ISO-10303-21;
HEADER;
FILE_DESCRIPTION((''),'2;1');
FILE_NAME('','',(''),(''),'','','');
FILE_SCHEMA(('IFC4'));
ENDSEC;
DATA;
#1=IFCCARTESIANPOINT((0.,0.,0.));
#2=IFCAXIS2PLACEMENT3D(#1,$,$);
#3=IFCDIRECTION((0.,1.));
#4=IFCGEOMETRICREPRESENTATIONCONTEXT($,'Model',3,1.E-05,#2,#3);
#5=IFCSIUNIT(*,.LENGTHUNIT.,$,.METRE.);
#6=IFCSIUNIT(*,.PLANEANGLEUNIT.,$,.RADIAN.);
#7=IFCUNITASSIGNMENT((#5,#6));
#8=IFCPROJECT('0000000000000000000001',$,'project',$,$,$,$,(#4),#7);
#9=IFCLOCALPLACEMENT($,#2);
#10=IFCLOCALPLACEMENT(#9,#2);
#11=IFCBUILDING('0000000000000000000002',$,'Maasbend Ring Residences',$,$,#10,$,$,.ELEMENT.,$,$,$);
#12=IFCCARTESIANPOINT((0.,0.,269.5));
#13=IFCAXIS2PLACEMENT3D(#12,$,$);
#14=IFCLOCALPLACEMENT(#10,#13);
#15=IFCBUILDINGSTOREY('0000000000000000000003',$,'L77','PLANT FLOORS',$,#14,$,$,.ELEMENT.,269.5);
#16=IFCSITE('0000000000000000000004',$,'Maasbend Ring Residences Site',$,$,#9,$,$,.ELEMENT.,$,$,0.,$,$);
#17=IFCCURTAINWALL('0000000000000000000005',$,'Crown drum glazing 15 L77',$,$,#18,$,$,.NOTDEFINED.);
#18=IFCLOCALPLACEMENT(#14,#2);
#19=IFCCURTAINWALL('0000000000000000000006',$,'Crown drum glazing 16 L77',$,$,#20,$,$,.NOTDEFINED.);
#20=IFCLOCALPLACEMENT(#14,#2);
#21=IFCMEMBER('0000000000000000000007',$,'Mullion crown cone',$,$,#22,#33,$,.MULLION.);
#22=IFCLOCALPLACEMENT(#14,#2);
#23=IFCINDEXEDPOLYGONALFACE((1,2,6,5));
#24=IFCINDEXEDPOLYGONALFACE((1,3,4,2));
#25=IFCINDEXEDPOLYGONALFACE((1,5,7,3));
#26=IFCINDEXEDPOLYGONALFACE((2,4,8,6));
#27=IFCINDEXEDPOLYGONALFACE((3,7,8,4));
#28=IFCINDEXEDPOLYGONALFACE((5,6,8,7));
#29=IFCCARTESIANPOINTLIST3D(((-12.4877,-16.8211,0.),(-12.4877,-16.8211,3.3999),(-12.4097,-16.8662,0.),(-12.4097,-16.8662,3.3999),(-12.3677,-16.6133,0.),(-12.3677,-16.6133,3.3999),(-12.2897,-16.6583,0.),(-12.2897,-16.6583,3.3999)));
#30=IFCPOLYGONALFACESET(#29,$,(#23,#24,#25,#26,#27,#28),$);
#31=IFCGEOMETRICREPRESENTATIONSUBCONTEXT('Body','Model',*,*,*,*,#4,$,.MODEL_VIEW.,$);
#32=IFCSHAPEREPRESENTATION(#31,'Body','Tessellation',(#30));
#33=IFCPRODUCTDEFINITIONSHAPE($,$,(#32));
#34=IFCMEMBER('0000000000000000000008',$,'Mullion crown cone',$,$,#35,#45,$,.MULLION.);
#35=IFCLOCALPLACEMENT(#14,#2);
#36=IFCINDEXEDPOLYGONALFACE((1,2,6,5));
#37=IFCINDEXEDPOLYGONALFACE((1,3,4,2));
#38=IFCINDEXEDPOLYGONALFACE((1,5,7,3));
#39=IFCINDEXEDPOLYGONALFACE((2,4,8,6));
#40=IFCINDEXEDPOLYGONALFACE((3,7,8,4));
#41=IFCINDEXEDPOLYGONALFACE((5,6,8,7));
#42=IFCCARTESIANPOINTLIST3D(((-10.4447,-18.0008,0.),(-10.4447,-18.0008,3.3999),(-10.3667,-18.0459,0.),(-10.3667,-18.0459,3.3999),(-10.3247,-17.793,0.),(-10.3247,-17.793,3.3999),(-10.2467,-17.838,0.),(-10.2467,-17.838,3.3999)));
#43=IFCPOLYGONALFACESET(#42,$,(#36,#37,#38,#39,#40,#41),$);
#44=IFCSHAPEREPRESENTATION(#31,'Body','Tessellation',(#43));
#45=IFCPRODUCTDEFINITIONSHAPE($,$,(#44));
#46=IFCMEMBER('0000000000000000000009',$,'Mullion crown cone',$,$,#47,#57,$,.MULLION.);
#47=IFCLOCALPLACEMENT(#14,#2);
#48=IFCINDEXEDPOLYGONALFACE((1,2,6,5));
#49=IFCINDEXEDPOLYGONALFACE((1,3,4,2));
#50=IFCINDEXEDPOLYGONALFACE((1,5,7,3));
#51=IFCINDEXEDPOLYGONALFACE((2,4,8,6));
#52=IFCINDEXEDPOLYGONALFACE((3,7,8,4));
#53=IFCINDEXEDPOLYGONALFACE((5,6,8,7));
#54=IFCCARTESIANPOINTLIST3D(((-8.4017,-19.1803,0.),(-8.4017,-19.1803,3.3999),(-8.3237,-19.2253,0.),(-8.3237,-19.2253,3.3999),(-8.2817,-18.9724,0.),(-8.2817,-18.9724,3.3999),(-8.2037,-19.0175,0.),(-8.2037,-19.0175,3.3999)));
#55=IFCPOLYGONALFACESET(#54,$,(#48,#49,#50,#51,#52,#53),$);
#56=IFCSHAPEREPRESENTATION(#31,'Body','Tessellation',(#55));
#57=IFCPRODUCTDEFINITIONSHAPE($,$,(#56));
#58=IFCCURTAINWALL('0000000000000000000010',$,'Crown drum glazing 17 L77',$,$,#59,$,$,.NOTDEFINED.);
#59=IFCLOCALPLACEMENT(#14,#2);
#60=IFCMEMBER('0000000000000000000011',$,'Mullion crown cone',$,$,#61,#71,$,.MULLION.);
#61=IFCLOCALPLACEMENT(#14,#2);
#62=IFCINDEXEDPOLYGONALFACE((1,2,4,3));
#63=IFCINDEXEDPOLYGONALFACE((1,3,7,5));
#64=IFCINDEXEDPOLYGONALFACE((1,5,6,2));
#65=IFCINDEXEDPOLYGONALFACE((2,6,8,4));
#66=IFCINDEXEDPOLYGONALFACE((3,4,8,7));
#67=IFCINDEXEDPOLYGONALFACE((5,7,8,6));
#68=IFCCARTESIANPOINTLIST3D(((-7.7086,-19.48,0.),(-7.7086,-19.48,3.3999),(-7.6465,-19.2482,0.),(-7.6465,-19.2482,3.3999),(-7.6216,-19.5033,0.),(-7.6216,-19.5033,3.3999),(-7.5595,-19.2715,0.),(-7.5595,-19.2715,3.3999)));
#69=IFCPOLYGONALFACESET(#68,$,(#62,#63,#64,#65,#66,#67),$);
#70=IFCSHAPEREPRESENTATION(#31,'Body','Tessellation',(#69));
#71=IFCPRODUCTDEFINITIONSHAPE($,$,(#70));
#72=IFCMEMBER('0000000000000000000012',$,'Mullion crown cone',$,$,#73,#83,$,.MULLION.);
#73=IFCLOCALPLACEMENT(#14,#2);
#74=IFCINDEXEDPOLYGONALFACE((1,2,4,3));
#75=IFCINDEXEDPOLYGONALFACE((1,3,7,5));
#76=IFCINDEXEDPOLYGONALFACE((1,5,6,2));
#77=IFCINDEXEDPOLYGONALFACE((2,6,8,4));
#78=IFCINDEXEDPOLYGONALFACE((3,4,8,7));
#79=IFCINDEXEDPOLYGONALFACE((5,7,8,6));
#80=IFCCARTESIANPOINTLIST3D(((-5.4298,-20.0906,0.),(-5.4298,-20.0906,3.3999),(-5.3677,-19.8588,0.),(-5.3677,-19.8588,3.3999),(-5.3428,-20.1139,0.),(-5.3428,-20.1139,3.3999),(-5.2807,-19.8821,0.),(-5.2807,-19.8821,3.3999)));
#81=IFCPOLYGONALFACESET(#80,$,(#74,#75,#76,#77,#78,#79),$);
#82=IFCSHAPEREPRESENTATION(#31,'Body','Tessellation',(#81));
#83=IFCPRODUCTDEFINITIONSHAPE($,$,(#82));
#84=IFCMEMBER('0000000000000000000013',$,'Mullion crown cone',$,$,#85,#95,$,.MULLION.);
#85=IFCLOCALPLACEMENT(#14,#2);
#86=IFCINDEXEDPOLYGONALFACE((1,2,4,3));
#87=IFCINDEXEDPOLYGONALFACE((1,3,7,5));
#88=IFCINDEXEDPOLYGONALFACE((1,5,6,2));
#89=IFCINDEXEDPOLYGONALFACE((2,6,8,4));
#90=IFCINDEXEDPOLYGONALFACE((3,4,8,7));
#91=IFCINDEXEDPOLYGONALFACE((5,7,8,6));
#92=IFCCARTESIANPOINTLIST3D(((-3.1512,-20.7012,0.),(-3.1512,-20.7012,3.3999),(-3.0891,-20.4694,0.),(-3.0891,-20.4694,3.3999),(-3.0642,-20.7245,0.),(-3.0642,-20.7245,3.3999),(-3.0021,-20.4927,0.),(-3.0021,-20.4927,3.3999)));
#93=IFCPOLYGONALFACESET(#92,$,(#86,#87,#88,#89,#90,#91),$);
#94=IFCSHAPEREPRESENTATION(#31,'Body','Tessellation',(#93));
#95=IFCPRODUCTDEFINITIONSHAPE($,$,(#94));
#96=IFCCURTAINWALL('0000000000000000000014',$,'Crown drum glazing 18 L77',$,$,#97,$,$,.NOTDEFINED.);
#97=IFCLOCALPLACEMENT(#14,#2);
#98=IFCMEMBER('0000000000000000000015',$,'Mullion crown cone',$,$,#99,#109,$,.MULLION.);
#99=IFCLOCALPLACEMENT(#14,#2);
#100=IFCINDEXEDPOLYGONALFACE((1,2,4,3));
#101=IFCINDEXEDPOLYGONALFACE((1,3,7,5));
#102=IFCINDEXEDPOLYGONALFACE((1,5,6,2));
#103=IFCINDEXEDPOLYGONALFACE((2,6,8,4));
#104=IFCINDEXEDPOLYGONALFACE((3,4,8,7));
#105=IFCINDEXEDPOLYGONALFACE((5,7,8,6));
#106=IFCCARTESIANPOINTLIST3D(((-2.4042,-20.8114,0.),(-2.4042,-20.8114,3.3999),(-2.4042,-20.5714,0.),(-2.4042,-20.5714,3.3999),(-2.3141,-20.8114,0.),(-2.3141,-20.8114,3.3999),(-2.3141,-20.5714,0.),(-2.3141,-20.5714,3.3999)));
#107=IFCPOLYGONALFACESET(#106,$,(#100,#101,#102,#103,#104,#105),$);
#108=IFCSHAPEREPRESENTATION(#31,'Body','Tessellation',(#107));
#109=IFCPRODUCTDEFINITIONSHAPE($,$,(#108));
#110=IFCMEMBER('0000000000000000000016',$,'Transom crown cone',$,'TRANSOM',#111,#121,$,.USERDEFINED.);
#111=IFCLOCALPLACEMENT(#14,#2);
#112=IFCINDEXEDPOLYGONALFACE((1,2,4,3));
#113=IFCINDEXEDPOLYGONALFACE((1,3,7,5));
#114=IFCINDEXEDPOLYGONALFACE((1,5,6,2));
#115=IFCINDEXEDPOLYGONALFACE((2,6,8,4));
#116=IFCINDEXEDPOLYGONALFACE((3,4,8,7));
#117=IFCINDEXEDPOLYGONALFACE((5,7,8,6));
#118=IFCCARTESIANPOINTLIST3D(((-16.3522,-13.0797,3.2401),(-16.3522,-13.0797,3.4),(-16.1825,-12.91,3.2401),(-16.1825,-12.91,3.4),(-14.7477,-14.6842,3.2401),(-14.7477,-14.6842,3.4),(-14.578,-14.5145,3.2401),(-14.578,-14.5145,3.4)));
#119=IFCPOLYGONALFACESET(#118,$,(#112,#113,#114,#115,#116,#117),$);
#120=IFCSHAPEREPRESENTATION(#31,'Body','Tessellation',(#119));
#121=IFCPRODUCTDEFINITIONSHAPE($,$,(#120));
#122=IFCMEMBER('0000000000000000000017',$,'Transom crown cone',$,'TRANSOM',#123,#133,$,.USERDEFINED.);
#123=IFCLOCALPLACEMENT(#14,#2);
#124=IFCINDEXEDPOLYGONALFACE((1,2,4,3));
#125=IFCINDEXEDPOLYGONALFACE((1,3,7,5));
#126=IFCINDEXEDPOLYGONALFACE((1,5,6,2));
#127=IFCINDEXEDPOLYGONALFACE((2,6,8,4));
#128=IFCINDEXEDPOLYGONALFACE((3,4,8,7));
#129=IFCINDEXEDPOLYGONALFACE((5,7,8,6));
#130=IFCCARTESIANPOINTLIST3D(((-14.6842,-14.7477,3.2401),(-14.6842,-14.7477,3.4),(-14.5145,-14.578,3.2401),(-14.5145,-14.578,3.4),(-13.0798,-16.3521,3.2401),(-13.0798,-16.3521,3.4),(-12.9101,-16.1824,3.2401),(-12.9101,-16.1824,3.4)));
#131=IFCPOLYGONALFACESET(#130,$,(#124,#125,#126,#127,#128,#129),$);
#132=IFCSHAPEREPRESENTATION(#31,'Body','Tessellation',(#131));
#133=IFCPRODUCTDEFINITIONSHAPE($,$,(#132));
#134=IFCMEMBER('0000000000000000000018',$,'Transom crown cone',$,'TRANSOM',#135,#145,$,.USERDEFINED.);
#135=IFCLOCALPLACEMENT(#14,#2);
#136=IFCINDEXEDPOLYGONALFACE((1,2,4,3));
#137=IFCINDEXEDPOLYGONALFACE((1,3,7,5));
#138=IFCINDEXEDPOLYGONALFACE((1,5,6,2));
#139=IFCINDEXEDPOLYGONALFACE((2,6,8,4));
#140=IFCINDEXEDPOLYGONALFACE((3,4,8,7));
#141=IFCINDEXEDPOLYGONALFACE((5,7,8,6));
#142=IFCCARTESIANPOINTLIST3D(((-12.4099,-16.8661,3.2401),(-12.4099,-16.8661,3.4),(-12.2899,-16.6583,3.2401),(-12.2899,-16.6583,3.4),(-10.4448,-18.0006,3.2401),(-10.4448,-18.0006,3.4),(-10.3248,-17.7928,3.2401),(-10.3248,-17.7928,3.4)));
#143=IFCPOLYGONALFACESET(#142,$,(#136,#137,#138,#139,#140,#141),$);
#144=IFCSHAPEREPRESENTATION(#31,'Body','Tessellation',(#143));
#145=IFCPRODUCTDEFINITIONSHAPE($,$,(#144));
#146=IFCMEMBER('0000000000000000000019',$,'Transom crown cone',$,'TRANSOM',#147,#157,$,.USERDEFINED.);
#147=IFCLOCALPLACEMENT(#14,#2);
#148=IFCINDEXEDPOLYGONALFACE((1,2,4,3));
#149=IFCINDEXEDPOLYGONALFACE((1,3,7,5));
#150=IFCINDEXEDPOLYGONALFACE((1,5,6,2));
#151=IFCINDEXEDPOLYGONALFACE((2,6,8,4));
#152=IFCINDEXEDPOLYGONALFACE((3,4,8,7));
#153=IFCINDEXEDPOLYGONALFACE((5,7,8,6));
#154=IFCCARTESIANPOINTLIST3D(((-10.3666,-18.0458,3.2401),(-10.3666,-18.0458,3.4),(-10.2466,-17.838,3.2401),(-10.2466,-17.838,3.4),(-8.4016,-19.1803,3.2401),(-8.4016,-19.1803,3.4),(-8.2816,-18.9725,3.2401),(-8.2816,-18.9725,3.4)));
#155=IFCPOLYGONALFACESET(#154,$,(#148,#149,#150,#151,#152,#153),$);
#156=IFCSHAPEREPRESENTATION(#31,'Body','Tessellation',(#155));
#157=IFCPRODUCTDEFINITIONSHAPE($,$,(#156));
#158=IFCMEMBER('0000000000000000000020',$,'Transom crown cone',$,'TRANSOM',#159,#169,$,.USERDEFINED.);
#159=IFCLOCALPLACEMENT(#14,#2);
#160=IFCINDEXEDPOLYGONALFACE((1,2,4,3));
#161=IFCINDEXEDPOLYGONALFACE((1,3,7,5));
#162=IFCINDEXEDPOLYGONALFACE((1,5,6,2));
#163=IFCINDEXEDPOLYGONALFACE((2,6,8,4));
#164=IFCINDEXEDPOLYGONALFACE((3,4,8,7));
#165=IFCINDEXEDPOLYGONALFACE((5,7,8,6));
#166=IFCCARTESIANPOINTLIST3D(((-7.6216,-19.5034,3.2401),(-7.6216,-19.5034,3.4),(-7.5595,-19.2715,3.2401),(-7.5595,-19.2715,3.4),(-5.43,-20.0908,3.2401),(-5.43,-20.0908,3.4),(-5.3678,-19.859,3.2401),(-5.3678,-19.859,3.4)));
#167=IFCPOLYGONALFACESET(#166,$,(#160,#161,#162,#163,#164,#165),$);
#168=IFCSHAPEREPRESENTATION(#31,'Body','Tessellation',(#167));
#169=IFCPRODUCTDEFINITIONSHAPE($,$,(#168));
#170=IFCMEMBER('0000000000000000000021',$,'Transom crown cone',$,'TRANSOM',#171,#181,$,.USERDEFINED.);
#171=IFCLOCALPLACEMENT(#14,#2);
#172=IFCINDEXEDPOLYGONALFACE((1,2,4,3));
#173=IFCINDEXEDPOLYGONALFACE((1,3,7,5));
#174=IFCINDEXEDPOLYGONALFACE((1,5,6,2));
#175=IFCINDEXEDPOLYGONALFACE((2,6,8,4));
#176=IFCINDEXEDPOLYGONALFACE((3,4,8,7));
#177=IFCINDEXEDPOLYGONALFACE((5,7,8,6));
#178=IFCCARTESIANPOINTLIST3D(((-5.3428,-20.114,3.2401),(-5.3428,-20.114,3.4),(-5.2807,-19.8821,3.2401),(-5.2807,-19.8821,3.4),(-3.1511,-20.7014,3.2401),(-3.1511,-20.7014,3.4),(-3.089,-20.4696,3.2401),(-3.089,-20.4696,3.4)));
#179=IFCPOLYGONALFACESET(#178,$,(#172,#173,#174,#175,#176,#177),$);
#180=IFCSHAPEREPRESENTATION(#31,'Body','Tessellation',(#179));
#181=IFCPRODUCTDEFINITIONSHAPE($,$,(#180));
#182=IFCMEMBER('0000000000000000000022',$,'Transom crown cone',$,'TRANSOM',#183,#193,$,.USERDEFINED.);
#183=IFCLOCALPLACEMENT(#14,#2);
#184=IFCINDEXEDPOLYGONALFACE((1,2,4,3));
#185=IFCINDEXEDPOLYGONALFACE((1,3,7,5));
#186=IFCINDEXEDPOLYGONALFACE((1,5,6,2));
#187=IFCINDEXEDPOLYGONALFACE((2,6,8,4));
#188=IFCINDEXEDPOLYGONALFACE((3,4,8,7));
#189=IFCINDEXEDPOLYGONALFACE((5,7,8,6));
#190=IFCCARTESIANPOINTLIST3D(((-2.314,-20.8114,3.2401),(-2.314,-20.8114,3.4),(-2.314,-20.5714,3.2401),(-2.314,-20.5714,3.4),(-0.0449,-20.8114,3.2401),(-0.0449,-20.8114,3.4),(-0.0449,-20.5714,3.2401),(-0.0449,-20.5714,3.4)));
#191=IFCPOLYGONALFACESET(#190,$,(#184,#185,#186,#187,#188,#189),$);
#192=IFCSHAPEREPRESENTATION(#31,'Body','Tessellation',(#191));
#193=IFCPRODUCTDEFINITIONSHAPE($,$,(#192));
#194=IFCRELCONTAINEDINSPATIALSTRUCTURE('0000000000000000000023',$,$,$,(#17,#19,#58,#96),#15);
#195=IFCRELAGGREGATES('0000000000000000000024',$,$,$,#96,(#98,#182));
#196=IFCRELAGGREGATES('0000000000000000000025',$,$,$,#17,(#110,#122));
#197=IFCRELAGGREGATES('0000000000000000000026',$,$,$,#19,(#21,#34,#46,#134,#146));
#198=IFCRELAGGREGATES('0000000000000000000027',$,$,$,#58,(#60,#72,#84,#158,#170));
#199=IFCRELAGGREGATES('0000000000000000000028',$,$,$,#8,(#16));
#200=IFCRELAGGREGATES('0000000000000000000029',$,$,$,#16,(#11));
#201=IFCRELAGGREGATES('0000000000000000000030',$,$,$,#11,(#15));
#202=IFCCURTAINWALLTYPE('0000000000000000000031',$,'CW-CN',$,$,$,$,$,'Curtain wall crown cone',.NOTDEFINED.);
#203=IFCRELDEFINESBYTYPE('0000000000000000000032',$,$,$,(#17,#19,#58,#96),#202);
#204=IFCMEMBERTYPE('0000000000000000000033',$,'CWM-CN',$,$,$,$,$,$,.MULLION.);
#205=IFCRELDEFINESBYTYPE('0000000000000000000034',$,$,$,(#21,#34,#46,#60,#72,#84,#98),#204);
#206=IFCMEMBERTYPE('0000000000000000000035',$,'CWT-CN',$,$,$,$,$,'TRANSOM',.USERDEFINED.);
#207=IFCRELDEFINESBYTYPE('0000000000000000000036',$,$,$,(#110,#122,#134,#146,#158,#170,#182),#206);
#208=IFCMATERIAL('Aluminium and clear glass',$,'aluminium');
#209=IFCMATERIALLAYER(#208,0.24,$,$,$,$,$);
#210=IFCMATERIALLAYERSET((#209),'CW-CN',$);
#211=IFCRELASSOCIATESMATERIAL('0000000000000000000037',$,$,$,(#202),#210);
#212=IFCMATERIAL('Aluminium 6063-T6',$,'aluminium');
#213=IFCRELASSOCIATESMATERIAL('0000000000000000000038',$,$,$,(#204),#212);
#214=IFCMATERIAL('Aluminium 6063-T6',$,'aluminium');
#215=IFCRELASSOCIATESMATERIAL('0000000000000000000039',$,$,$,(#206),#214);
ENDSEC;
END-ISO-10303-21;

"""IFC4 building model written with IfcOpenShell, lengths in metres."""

from ifc_helpers import new_model, si_unit, direction, frame, origin, origin_2d, place, context, subcontext, project, spatial, rectangle, extrude, material, layer, layer_set, material_profile, profile_set, type_object, element, aggregate, save


model = new_model("IFC4")

# Units and contexts
model_context = context("Model", 3, precision=1e-05, world=origin(), true_north=direction((0.0, 1.0)))
body_context = subcontext(model_context, "Body", "Model", "MODEL_VIEW")
ifc_project = project(units=[si_unit("LENGTHUNIT", "METRE"), si_unit("PLANEANGLEUNIT", "RADIAN")], contexts=[model_context])

# Site, building, storey
site_placement = place(None, origin())
site = spatial("IfcSite", under=ifc_project, at=site_placement, Name="Maasbend Ring Residences Site", CompositionType="ELEMENT", RefElevation=0.0)
building_placement = place(site_placement, origin())
building = spatial("IfcBuilding", under=site, at=building_placement, Name="Maasbend Ring Residences", CompositionType="ELEMENT")
storey_placement = place(building_placement, frame((0.0, 0.0, 269.5)))
storey = spatial("IfcBuildingStorey", under=building, at=storey_placement, Name="L77", Description="PLANT FLOORS", CompositionType="ELEMENT", Elevation=269.5)

# Shared definitions
ifc_material_1 = material(Name="Aluminium and clear glass", Category="aluminium")
ifc_layer_1 = layer(ifc_material_1, 0.24)
ifc_layer_set_1 = layer_set([ifc_layer_1], Name="CW-CN")
curtain_wall_type = type_object("IfcCurtainWallType", Name="CW-CN", ElementType="Curtain wall crown cone", PredefinedType="NOTDEFINED", material=ifc_layer_set_1)
ifc_material_2 = material(Name="Aluminium 6063-T6", Category="aluminium")
ifc_material_profile_1 = material_profile(ifc_material_2, rectangle(XDim=0.24, YDim=0.0901, at=origin_2d()), Name="AL 240x90")
ifc_profile_set_1 = profile_set([ifc_material_profile_1], Name="Aluminium 6063-T6")
member_type_1 = type_object("IfcMemberType", Name="CWM-CN", PredefinedType="MULLION", material=ifc_profile_set_1)

# Curtain walls, members
curtain_wall_1_placement = place(storey_placement, origin())
curtain_wall_1 = element("IfcCurtainWall", 1, at=curtain_wall_1_placement, inside=storey, type_object=curtain_wall_type, Name="Crown drum glazing 15 L77", PredefinedType="NOTDEFINED")
curtain_wall_2_placement = place(storey_placement, origin())
curtain_wall_2 = element("IfcCurtainWall", 2, at=curtain_wall_2_placement, inside=storey, type_object=curtain_wall_type, Name="Crown drum glazing 16 L77", PredefinedType="NOTDEFINED")
member_1_placement = place(storey_placement, frame((-12.3887, -16.7397, 0.0), z_axis=(0.0, 0.0, 1.0), x_axis=(0.5, 0.866025, 0.0)))
member_1 = element("IfcMember", 3, at=member_1_placement, type_object=member_type_1, Name="Mullion crown cone", PredefinedType="MULLION", context=body_context, shape_type="SweptSolid", body=[
    extrude(rectangle(XDim=0.24, YDim=0.0901, at=origin_2d()), origin(), (0.0, 0.0, 1.0), 3.3999),
])
member_2_placement = place(storey_placement, frame((-10.3457, -17.9194, 0.0), z_axis=(0.0, 0.0, 1.0), x_axis=(0.5, 0.866025, 0.0)))
member_2 = element("IfcMember", 4, at=member_2_placement, type_object=member_type_1, Name="Mullion crown cone", PredefinedType="MULLION", context=body_context, shape_type="SweptSolid", body=[
    extrude(rectangle(XDim=0.24, YDim=0.0901, at=origin_2d()), origin(), (0.0, 0.0, 1.0), 3.3999),
])
member_3_placement = place(storey_placement, frame((-8.3027, -19.0989, 0.0), z_axis=(0.0, 0.0, 1.0), x_axis=(0.5, 0.866025, 0.0)))
member_3 = element("IfcMember", 5, at=member_3_placement, type_object=member_type_1, Name="Mullion crown cone", PredefinedType="MULLION", context=body_context, shape_type="SweptSolid", body=[
    extrude(rectangle(XDim=0.24, YDim=0.0901, at=origin_2d()), origin(), (0.0, 0.0, 1.0), 3.3999),
])
curtain_wall_3_placement = place(storey_placement, origin())
curtain_wall_3 = element("IfcCurtainWall", 6, at=curtain_wall_3_placement, inside=storey, type_object=curtain_wall_type, Name="Crown drum glazing 17 L77", PredefinedType="NOTDEFINED")
member_4_placement = place(storey_placement, frame((-7.634, -19.3757, 0.0), z_axis=(0.0, 0.0, 1.0), x_axis=(0.258819, 0.965926, 0.0)))
member_4 = element("IfcMember", 7, at=member_4_placement, type_object=member_type_1, Name="Mullion crown cone", PredefinedType="MULLION", context=body_context, shape_type="SweptSolid", body=[
    extrude(rectangle(XDim=0.24, YDim=0.0901, at=origin_2d()), origin(), (0.0, 0.0, 1.0), 3.3999),
])
member_5_placement = place(storey_placement, frame((-5.3552, -19.9863, 0.0), z_axis=(0.0, 0.0, 1.0), x_axis=(0.258819, 0.965926, 0.0)))
member_5 = element("IfcMember", 8, at=member_5_placement, type_object=member_type_1, Name="Mullion crown cone", PredefinedType="MULLION", context=body_context, shape_type="SweptSolid", body=[
    extrude(rectangle(XDim=0.24, YDim=0.0901, at=origin_2d()), origin(), (0.0, 0.0, 1.0), 3.3999),
])
member_6_placement = place(storey_placement, frame((-3.0767, -20.5969, 0.0), z_axis=(0.0, 0.0, 1.0), x_axis=(0.258819, 0.965926, 0.0)))
member_6 = element("IfcMember", 9, at=member_6_placement, type_object=member_type_1, Name="Mullion crown cone", PredefinedType="MULLION", context=body_context, shape_type="SweptSolid", body=[
    extrude(rectangle(XDim=0.24, YDim=0.0901, at=origin_2d()), origin(), (0.0, 0.0, 1.0), 3.3999),
])

# Curtain wall, member
curtain_wall_4_placement = place(storey_placement, origin())
curtain_wall_4 = element("IfcCurtainWall", 10, at=curtain_wall_4_placement, inside=storey, type_object=curtain_wall_type, Name="Crown drum glazing 18 L77", PredefinedType="NOTDEFINED")
member_7_placement = place(storey_placement, frame((-2.3591, -20.6914, 0.0), z_axis=(0.0, 0.0, 1.0), x_axis=(0.0, 1.0, 0.0)))
member_7 = element("IfcMember", 11, at=member_7_placement, type_object=member_type_1, Name="Mullion crown cone", PredefinedType="MULLION", context=body_context, shape_type="SweptSolid", body=[
    extrude(rectangle(XDim=0.24, YDim=0.0901, at=origin_2d()), origin(), (0.0, 0.0, 1.0), 3.3999),
])

# Members
ifc_material_3 = material(Name="Aluminium 6063-T6", Category="aluminium")
ifc_material_profile_2 = material_profile(ifc_material_3, rectangle(XDim=0.24, YDim=0.1599, at=origin_2d()), Name="AL 240x160")
ifc_profile_set_2 = profile_set([ifc_material_profile_2], Name="Aluminium 6063-T6")
member_type_2 = type_object("IfcMemberType", Name="CWT-CN", ElementType="TRANSOM", PredefinedType="USERDEFINED", material=ifc_profile_set_2)
member_8_placement = place(storey_placement, frame((-16.2673, -12.9949, 3.3201), z_axis=(0.707107, -0.707107, 0.0), x_axis=(0.707107, 0.707107, 0.0)))
member_8 = element("IfcMember", 12, at=member_8_placement, type_object=member_type_2, Name="Transom crown cone", ObjectType="TRANSOM", PredefinedType="USERDEFINED", context=body_context, shape_type="SweptSolid", body=[
    extrude(rectangle(XDim=0.24, YDim=0.1599, at=origin_2d()), origin(), (0.0, 0.0, 1.0), 2.269),
])
member_9_placement = place(storey_placement, frame((-14.5994, -14.6628, 3.3201), z_axis=(0.707107, -0.707107, 0.0), x_axis=(0.707107, 0.707107, 0.0)))
member_9 = element("IfcMember", 13, at=member_9_placement, type_object=member_type_2, Name="Transom crown cone", ObjectType="TRANSOM", PredefinedType="USERDEFINED", context=body_context, shape_type="SweptSolid", body=[
    extrude(rectangle(XDim=0.24, YDim=0.1599, at=origin_2d()), origin(), (0.0, 0.0, 1.0), 2.269),
])
member_10_placement = place(storey_placement, frame((-12.3499, -16.7622, 3.3201), z_axis=(0.86603, -0.499993, 0.0), x_axis=(0.499993, 0.86603, 0.0)))
member_10 = element("IfcMember", 14, at=member_10_placement, type_object=member_type_2, Name="Transom crown cone", ObjectType="TRANSOM", PredefinedType="USERDEFINED", context=body_context, shape_type="SweptSolid", body=[
    extrude(rectangle(XDim=0.24, YDim=0.1599, at=origin_2d()), origin(), (0.0, 0.0, 1.0), 2.269),
])
member_11_placement = place(storey_placement, frame((-10.3066, -17.9419, 3.3201), z_axis=(0.86603, -0.499993, 0.0), x_axis=(0.499993, 0.86603, 0.0)))
member_11 = element("IfcMember", 15, at=member_11_placement, type_object=member_type_2, Name="Transom crown cone", ObjectType="TRANSOM", PredefinedType="USERDEFINED", context=body_context, shape_type="SweptSolid", body=[
    extrude(rectangle(XDim=0.24, YDim=0.1599, at=origin_2d()), origin(), (0.0, 0.0, 1.0), 2.269),
])
member_12_placement = place(storey_placement, frame((-7.5906, -19.3875, 3.3201), z_axis=(0.965909, -0.258881, 0.0), x_axis=(0.258881, 0.965909, 0.0)))
member_12 = element("IfcMember", 16, at=member_12_placement, type_object=member_type_2, Name="Transom crown cone", ObjectType="TRANSOM", PredefinedType="USERDEFINED", context=body_context, shape_type="SweptSolid", body=[
    extrude(rectangle(XDim=0.24, YDim=0.1599, at=origin_2d()), origin(), (0.0, 0.0, 1.0), 2.269),
])
member_13_placement = place(storey_placement, frame((-5.3118, -19.998, 3.3201), z_axis=(0.965909, -0.258881, 0.0), x_axis=(0.258881, 0.965909, 0.0)))
member_13 = element("IfcMember", 17, at=member_13_placement, type_object=member_type_2, Name="Transom crown cone", ObjectType="TRANSOM", PredefinedType="USERDEFINED", context=body_context, shape_type="SweptSolid", body=[
    extrude(rectangle(XDim=0.24, YDim=0.1599, at=origin_2d()), origin(), (0.0, 0.0, 1.0), 2.269),
])
member_14_placement = place(storey_placement, frame((-2.314, -20.6914, 3.3201), z_axis=(1.0, 0.0, 0.0), x_axis=(0.0, 1.0, 0.0)))
member_14 = element("IfcMember", 18, at=member_14_placement, type_object=member_type_2, Name="Transom crown cone", ObjectType="TRANSOM", PredefinedType="USERDEFINED", context=body_context, shape_type="SweptSolid", body=[
    extrude(rectangle(XDim=0.24, YDim=0.1599, at=origin_2d()), origin(), (0.0, 0.0, 1.0), 2.269),
])
aggregate(curtain_wall_4, [member_7, member_14])

aggregate(curtain_wall_1, [member_8, member_9])
aggregate(curtain_wall_2, [member_1, member_2, member_3, member_10, member_11])
aggregate(curtain_wall_3, [member_4, member_5, member_6, member_12, member_13])

save(model, "model.ifc")
